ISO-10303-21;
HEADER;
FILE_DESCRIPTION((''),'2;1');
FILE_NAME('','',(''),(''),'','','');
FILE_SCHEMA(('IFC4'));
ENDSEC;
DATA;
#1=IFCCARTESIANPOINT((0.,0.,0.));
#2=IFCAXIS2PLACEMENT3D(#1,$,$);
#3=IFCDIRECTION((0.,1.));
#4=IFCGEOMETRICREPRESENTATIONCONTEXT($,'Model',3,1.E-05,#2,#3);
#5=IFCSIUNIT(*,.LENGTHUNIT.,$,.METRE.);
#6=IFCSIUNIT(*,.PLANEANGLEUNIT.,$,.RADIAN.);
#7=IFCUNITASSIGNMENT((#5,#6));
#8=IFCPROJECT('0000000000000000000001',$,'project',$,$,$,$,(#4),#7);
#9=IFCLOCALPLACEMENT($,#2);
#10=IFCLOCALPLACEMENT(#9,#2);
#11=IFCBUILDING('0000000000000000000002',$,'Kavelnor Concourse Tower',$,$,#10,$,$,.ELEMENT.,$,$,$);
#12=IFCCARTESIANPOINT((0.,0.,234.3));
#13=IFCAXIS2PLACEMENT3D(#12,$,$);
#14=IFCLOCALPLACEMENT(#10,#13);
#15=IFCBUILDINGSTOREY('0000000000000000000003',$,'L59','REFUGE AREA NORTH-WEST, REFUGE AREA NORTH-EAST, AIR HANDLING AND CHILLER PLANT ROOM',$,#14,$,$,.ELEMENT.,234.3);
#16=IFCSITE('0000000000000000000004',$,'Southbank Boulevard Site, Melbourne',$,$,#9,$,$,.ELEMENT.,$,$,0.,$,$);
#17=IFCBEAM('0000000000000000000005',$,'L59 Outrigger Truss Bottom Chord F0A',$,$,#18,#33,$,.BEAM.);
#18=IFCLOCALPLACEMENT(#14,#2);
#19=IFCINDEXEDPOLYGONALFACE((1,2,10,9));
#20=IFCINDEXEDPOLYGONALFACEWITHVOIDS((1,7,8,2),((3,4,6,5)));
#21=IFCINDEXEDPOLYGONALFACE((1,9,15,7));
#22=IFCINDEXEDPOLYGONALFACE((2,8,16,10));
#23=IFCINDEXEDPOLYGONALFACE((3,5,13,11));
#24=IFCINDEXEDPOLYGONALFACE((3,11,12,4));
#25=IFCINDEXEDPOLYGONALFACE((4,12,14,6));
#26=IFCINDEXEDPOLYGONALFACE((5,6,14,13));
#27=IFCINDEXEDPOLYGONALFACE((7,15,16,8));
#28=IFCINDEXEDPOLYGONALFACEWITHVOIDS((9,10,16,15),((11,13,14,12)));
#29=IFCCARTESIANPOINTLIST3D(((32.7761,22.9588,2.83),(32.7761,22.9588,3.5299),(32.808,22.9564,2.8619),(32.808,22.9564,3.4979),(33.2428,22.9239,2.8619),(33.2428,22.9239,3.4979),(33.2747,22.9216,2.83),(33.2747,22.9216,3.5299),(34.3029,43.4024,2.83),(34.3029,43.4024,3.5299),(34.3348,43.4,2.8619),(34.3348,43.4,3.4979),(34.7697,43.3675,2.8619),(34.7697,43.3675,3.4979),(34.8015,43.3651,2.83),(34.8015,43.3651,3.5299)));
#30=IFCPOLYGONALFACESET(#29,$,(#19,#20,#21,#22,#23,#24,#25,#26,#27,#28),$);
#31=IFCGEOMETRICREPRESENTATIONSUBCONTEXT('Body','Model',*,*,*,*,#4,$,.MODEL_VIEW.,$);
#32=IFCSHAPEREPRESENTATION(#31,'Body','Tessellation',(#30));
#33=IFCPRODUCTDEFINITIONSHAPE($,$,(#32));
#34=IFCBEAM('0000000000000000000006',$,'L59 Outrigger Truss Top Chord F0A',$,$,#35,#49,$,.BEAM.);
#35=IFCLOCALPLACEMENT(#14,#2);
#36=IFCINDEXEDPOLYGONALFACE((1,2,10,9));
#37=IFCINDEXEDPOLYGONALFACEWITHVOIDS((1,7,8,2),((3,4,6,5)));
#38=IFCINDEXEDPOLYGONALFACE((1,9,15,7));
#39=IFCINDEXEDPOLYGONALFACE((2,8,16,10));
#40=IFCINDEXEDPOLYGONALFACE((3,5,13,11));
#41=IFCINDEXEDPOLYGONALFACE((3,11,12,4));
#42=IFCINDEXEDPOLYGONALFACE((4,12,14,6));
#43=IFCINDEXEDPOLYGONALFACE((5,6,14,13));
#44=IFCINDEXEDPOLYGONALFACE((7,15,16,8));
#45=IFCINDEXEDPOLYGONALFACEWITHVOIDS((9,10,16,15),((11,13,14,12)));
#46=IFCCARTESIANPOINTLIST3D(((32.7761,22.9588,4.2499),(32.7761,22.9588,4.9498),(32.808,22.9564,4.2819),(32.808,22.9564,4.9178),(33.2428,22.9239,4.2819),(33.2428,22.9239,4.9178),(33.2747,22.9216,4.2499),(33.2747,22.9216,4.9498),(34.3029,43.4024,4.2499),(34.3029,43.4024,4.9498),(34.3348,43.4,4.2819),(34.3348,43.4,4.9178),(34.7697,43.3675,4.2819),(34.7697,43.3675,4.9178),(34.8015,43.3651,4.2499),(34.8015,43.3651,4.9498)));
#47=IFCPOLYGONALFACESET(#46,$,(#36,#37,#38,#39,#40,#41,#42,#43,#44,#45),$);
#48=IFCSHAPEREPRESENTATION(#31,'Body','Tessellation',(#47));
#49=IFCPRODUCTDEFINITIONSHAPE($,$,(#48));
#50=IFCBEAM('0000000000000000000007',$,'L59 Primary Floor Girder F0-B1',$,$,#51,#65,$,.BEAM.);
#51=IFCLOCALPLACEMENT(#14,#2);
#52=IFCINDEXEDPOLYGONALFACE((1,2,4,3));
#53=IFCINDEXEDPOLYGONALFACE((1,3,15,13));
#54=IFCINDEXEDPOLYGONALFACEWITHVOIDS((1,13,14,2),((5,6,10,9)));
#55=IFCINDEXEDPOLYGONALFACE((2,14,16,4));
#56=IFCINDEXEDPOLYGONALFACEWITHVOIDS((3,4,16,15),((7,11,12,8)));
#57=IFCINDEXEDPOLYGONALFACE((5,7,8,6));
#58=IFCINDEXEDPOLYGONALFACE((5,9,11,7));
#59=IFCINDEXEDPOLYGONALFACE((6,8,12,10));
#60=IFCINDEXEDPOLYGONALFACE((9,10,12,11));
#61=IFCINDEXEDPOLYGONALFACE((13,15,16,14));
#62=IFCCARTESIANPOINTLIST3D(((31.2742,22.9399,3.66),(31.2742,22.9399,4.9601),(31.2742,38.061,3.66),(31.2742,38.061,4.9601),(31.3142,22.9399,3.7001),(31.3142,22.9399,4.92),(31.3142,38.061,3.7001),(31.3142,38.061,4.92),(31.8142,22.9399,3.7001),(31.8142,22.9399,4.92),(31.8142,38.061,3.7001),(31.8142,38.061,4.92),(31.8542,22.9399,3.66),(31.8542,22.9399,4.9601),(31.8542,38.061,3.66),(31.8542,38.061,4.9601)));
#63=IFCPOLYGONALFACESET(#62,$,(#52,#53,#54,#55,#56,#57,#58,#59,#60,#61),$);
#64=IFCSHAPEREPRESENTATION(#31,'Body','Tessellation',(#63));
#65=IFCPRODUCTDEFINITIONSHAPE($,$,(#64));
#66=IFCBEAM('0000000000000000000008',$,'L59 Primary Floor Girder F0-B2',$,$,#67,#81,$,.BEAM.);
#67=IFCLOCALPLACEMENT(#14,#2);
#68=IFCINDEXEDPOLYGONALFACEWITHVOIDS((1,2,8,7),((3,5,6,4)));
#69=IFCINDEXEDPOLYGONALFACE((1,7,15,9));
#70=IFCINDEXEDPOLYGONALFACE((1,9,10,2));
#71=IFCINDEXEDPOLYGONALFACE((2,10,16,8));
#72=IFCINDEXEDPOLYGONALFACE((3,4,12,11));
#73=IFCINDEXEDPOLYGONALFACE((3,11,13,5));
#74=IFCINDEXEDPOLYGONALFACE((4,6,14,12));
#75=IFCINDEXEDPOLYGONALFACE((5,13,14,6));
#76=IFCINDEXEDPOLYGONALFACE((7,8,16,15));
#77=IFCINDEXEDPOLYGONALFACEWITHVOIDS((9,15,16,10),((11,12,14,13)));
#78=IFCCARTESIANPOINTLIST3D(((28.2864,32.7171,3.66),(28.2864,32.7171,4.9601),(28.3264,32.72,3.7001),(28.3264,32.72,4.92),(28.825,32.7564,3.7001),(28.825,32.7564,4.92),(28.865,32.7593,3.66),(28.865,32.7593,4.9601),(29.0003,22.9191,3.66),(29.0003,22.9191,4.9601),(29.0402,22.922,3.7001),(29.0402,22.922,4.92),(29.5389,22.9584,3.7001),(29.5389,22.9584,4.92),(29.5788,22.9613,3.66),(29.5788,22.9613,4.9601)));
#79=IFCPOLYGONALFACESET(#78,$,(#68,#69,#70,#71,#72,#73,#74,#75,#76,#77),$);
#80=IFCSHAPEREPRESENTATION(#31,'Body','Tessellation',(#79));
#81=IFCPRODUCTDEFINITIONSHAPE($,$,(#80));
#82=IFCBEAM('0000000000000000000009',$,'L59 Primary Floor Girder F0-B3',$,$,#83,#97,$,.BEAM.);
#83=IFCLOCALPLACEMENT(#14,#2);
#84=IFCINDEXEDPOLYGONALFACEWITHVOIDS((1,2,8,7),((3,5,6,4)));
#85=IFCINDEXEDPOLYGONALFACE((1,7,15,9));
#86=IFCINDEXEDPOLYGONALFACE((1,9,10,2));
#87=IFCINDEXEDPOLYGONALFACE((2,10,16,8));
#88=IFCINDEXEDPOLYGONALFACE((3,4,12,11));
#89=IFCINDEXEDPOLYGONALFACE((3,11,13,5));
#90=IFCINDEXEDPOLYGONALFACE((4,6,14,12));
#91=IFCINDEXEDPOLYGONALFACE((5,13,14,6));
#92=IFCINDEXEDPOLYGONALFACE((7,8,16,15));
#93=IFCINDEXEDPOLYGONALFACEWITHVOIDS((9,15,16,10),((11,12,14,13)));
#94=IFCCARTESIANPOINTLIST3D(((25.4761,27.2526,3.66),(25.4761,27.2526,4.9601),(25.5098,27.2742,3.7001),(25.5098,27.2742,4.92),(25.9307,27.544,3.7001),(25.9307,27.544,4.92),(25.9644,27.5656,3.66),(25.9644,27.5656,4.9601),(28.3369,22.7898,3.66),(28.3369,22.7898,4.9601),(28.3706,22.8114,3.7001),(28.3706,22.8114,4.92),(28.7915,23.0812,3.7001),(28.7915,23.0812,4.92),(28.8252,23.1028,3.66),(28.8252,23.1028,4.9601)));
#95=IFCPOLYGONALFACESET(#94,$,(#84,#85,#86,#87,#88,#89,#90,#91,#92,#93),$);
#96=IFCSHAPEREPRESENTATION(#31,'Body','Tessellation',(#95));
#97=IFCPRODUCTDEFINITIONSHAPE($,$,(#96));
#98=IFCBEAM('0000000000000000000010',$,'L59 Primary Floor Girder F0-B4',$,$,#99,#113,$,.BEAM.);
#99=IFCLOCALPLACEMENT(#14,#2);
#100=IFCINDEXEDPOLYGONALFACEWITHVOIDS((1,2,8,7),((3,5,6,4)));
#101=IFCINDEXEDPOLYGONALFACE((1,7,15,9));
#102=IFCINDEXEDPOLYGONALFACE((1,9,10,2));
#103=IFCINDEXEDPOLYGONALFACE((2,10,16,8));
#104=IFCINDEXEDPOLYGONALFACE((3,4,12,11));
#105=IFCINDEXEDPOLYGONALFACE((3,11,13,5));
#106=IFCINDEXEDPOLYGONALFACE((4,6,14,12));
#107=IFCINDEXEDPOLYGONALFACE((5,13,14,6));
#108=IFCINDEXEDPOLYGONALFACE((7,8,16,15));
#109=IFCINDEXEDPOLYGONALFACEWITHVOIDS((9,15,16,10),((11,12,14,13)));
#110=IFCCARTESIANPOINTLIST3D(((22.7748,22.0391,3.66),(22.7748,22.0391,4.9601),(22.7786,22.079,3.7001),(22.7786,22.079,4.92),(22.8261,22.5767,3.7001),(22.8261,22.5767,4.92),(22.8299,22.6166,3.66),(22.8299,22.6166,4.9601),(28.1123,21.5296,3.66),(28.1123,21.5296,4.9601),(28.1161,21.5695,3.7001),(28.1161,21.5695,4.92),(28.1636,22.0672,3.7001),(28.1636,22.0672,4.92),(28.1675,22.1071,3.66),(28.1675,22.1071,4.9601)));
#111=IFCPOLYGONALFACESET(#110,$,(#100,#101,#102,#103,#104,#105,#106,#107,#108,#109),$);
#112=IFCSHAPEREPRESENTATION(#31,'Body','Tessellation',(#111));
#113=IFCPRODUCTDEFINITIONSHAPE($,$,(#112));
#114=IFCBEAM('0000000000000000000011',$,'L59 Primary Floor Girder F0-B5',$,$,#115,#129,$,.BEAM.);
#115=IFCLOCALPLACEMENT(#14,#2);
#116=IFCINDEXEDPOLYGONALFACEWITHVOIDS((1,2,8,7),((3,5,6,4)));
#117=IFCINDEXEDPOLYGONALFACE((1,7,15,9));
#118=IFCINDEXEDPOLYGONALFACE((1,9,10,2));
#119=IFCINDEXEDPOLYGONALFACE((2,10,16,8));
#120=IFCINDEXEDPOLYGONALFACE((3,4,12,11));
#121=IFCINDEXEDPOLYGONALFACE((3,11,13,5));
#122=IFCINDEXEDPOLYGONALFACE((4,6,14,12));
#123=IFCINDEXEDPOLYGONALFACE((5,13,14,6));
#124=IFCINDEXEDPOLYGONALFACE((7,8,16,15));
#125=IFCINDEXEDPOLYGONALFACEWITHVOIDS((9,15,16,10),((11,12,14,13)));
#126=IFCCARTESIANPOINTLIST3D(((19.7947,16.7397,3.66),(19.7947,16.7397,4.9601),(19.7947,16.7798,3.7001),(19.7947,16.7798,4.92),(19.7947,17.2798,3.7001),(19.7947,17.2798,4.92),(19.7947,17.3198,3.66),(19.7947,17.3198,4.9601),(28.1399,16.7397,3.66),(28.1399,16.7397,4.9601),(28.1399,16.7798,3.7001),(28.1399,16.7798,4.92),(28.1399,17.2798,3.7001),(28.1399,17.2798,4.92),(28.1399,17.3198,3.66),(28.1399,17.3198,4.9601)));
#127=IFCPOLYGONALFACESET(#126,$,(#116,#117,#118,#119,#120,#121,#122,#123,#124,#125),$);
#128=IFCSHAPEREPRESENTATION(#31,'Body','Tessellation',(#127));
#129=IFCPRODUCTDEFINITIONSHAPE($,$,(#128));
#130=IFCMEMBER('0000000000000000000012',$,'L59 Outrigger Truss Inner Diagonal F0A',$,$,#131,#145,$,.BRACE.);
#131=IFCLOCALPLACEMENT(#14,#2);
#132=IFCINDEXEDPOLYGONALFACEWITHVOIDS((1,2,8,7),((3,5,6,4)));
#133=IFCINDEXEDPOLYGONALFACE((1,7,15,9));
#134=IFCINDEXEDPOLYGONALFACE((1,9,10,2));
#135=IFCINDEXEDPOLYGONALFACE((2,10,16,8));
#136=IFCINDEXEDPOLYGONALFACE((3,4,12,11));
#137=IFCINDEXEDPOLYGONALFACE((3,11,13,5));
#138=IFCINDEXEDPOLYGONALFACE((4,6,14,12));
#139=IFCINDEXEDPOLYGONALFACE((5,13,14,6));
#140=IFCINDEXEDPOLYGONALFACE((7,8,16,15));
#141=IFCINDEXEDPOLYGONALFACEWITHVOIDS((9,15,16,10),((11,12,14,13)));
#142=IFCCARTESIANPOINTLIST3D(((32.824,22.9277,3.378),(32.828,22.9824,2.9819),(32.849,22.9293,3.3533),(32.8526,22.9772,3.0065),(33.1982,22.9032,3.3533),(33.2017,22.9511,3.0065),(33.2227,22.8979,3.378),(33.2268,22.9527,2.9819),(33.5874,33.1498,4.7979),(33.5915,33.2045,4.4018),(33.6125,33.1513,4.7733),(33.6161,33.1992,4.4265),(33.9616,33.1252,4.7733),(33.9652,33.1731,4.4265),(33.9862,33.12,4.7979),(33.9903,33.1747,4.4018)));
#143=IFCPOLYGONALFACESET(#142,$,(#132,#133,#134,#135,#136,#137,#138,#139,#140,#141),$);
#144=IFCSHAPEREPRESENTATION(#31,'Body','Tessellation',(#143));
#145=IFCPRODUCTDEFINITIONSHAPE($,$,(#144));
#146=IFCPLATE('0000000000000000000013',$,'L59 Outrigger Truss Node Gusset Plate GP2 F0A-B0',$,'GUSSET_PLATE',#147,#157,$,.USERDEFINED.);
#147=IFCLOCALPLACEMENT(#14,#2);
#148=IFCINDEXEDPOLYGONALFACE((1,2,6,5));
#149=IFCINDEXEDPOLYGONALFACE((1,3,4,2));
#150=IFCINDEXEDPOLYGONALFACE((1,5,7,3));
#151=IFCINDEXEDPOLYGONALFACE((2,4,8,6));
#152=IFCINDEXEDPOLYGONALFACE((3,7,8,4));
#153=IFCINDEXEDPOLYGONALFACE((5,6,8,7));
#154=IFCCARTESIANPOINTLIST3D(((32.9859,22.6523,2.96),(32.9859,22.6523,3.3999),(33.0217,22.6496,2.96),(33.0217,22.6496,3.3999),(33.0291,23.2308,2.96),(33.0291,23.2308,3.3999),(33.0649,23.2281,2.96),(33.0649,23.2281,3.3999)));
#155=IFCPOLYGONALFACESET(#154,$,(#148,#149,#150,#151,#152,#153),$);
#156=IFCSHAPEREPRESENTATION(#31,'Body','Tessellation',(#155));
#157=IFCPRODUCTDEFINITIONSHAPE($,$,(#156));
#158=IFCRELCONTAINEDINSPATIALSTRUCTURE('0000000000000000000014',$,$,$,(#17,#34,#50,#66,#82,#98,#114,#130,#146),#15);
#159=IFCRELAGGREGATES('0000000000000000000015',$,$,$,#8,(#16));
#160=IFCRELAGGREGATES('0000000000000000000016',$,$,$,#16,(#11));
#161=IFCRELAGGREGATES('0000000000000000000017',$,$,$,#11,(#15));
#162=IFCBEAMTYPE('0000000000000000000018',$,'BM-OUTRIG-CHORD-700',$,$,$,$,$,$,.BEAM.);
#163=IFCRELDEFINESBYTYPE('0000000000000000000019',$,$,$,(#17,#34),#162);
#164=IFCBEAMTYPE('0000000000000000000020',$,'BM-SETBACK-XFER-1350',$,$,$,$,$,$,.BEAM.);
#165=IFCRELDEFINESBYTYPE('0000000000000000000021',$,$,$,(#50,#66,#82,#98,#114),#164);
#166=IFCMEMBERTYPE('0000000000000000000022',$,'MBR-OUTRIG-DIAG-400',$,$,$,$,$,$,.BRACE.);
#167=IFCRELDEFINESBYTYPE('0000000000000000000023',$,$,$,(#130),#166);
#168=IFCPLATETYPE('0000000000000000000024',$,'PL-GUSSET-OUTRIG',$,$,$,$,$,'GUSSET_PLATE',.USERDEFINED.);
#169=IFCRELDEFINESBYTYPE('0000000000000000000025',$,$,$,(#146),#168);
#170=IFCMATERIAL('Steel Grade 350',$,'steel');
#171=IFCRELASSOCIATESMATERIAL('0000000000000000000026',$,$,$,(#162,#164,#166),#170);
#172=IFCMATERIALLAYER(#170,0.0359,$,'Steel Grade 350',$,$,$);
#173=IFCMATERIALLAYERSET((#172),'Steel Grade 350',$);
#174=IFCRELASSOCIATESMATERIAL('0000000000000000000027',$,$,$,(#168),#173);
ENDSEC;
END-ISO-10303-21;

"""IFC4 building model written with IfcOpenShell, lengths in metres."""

from ifc_helpers import new_model, si_unit, direction, frame, origin, origin_2d, place, context, subcontext, project, spatial, rectangle, hollow_rectangle, extrude, material, layer, layer_set, material_profile, profile_set, type_object, element, save


model = new_model("IFC4")

# Units and contexts
model_context = context("Model", 3, precision=1e-05, world=origin(), true_north=direction((0.0, 1.0)))
body_context = subcontext(model_context, "Body", "Model", "MODEL_VIEW")
ifc_project = project(units=[si_unit("LENGTHUNIT", "METRE"), si_unit("PLANEANGLEUNIT", "RADIAN")], contexts=[model_context])

# Site, building, storey
site_placement = place(None, origin())
site = spatial("IfcSite", under=ifc_project, at=site_placement, Name="Southbank Boulevard Site, Melbourne", CompositionType="ELEMENT", RefElevation=0.0)
building_placement = place(site_placement, origin())
building = spatial("IfcBuilding", under=site, at=building_placement, Name="Kavelnor Concourse Tower", CompositionType="ELEMENT")
storey_placement = place(building_placement, frame((0.0, 0.0, 234.3)))
storey = spatial("IfcBuildingStorey", under=building, at=storey_placement, Name="L59", Description="REFUGE AREA NORTH-WEST, REFUGE AREA NORTH-EAST, AIR HANDLING AND CHILLER PLANT ROOM", CompositionType="ELEMENT", Elevation=234.3)

# Beams
ifc_material_1 = material(Name="Steel Grade 350", Category="steel")
ifc_material_profile_1 = material_profile(ifc_material_1, hollow_rectangle(XDim=0.5, YDim=0.7, WallThickness=0.032, at=origin_2d()), Name="RHS 700x500x32")
ifc_profile_set_1 = profile_set([ifc_material_profile_1], Name="Steel Grade 350")
beam_type_1 = type_object("IfcBeamType", Name="BM-OUTRIG-CHORD-700", PredefinedType="BEAM", material=ifc_profile_set_1)
for number, where, z_axis, x_axis, name in (
    (1, (33.0254, 22.9402, 3.1799), (0.074479, 0.997223, 0.0), (-0.997223, 0.074479, 0.0), "L59 Outrigger Truss Bottom Chord F0A"),
    (2, (33.0254, 22.9402, 4.5999), (0.074479, 0.997223, 0.0), (-0.997223, 0.074479, 0.0), "L59 Outrigger Truss Top Chord F0A"),
):
    element("IfcBeam", number, at=place(storey_placement, frame(where, z_axis=z_axis, x_axis=x_axis)), inside=storey, type_object=beam_type_1, Name=name, PredefinedType="BEAM", context=body_context, shape_type="SweptSolid", body=[
        extrude(hollow_rectangle(XDim=0.5, YDim=0.7, WallThickness=0.032, at=origin_2d()), origin(), (0.0, 0.0, 1.0), 20.5005),
    ])
ifc_material_profile_2 = material_profile(ifc_material_1, hollow_rectangle(XDim=0.5801, YDim=1.3, WallThickness=0.04, at=origin_2d()), Name="RHS 1300x580x40")
ifc_profile_set_2 = profile_set([ifc_material_profile_2], Name="Steel Grade 350")
beam_type_2 = type_object("IfcBeamType", Name="BM-SETBACK-XFER-1350", PredefinedType="BEAM", material=ifc_profile_set_2)
beam_1_placement = place(storey_placement, frame((31.5642, 22.9399, 4.3101), z_axis=(0.0, 1.0, 0.0), x_axis=(-1.0, 0.0, 0.0)))
element("IfcBeam", 3, at=beam_1_placement, inside=storey, type_object=beam_type_2, Name="L59 Primary Floor Girder F0-B1", PredefinedType="BEAM", context=body_context, shape_type="SweptSolid", body=[
    extrude(hollow_rectangle(XDim=0.5801, YDim=1.3, WallThickness=0.04, at=origin_2d()), origin(), (0.0, 0.0, 1.0), 15.1211),
])
beam_2_placement = place(storey_placement, frame((29.2896, 22.9402, 4.3101), z_axis=(-0.072665, 0.997356, 0.0), x_axis=(-0.997356, -0.072665, 0.0)))
element("IfcBeam", 4, at=beam_2_placement, inside=storey, type_object=beam_type_2, Name="L59 Primary Floor Girder F0-B2", PredefinedType="BEAM", context=body_context, shape_type="SweptSolid", body=[
    extrude(hollow_rectangle(XDim=0.5801, YDim=1.3, WallThickness=0.04, at=origin_2d()), origin(), (0.0, 0.0, 1.0), 9.824),
])
beam_3_placement = place(storey_placement, frame((28.5811, 22.9463, 4.3101), z_axis=(-0.539668, 0.841878, 0.0), x_axis=(-0.841878, -0.539668, 0.0)))
element("IfcBeam", 5, at=beam_3_placement, inside=storey, type_object=beam_type_2, Name="L59 Primary Floor Girder F0-B3", PredefinedType="BEAM", context=body_context, shape_type="SweptSolid", body=[
    extrude(hollow_rectangle(XDim=0.5801, YDim=1.3, WallThickness=0.04, at=origin_2d()), origin(), (0.0, 0.0, 1.0), 5.301),
])
beam_4_placement = place(storey_placement, frame((28.1399, 21.8184, 4.3101), z_axis=(-0.995475, 0.095026, 0.0), x_axis=(-0.095026, -0.995475, 0.0)))
element("IfcBeam", 6, at=beam_4_placement, inside=storey, type_object=beam_type_2, Name="L59 Primary Floor Girder F0-B4", PredefinedType="BEAM", context=body_context, shape_type="SweptSolid", body=[
    extrude(hollow_rectangle(XDim=0.5801, YDim=1.3, WallThickness=0.04, at=origin_2d()), origin(), (0.0, 0.0, 1.0), 5.3618),
])
beam_5_placement = place(storey_placement, frame((28.1399, 17.0298, 4.3101), z_axis=(-1.0, 0.0, 0.0), x_axis=(0.0, -1.0, 0.0)))
element("IfcBeam", 7, at=beam_5_placement, inside=storey, type_object=beam_type_2, Name="L59 Primary Floor Girder F0-B5", PredefinedType="BEAM", context=body_context, shape_type="SweptSolid", body=[
    extrude(hollow_rectangle(XDim=0.5801, YDim=1.3, WallThickness=0.04, at=origin_2d()), origin(), (0.0, 0.0, 1.0), 8.3452),
])

# Member
ifc_material_profile_3 = material_profile(ifc_material_1, hollow_rectangle(XDim=0.3999, YDim=0.3999, WallThickness=0.0249, at=origin_2d()), Name="SHS 400x400x25")
ifc_profile_set_3 = profile_set([ifc_material_profile_3], Name="Steel Grade 350")
member_type = type_object("IfcMemberType", Name="MBR-OUTRIG-DIAG-400", PredefinedType="BRACE", material=ifc_profile_set_3)
member_placement = place(storey_placement, frame((33.0254, 22.9402, 3.1799), z_axis=(0.073773, 0.98779, 0.137213), x_axis=(-0.997223, 0.074478, 0.0)))
element("IfcMember", 8, at=member_placement, inside=storey, type_object=member_type, Name="L59 Outrigger Truss Inner Diagonal F0A", PredefinedType="BRACE", context=body_context, shape_type="SweptSolid", body=[
    extrude(hollow_rectangle(XDim=0.3999, YDim=0.3999, WallThickness=0.0249, at=origin_2d()), origin(), (0.0, 0.0, 1.0), 10.3484),
])

# Plate
ifc_layer_1 = layer(ifc_material_1, 0.0359, Name="Steel Grade 350")
ifc_layer_set_1 = layer_set([ifc_layer_1], Name="Steel Grade 350")
plate_type = type_object("IfcPlateType", Name="PL-GUSSET-OUTRIG", ElementType="GUSSET_PLATE", PredefinedType="USERDEFINED", material=ifc_layer_set_1)
plate_placement = place(storey_placement, frame((33.0254, 22.9402, 2.96), z_axis=(0.0, 0.0, 1.0), x_axis=(0.074457, 0.997224, 0.0)))
element("IfcPlate", 9, at=plate_placement, inside=storey, type_object=plate_type, Name="L59 Outrigger Truss Node Gusset Plate GP2 F0A-B0", ObjectType="GUSSET_PLATE", PredefinedType="USERDEFINED", context=body_context, shape_type="SweptSolid", body=[
    extrude(rectangle(XDim=0.5801, YDim=0.0359, at=origin_2d()), origin(), (0.0, 0.0, 1.0), 0.4399),
])

save(model, "model.ifc")
